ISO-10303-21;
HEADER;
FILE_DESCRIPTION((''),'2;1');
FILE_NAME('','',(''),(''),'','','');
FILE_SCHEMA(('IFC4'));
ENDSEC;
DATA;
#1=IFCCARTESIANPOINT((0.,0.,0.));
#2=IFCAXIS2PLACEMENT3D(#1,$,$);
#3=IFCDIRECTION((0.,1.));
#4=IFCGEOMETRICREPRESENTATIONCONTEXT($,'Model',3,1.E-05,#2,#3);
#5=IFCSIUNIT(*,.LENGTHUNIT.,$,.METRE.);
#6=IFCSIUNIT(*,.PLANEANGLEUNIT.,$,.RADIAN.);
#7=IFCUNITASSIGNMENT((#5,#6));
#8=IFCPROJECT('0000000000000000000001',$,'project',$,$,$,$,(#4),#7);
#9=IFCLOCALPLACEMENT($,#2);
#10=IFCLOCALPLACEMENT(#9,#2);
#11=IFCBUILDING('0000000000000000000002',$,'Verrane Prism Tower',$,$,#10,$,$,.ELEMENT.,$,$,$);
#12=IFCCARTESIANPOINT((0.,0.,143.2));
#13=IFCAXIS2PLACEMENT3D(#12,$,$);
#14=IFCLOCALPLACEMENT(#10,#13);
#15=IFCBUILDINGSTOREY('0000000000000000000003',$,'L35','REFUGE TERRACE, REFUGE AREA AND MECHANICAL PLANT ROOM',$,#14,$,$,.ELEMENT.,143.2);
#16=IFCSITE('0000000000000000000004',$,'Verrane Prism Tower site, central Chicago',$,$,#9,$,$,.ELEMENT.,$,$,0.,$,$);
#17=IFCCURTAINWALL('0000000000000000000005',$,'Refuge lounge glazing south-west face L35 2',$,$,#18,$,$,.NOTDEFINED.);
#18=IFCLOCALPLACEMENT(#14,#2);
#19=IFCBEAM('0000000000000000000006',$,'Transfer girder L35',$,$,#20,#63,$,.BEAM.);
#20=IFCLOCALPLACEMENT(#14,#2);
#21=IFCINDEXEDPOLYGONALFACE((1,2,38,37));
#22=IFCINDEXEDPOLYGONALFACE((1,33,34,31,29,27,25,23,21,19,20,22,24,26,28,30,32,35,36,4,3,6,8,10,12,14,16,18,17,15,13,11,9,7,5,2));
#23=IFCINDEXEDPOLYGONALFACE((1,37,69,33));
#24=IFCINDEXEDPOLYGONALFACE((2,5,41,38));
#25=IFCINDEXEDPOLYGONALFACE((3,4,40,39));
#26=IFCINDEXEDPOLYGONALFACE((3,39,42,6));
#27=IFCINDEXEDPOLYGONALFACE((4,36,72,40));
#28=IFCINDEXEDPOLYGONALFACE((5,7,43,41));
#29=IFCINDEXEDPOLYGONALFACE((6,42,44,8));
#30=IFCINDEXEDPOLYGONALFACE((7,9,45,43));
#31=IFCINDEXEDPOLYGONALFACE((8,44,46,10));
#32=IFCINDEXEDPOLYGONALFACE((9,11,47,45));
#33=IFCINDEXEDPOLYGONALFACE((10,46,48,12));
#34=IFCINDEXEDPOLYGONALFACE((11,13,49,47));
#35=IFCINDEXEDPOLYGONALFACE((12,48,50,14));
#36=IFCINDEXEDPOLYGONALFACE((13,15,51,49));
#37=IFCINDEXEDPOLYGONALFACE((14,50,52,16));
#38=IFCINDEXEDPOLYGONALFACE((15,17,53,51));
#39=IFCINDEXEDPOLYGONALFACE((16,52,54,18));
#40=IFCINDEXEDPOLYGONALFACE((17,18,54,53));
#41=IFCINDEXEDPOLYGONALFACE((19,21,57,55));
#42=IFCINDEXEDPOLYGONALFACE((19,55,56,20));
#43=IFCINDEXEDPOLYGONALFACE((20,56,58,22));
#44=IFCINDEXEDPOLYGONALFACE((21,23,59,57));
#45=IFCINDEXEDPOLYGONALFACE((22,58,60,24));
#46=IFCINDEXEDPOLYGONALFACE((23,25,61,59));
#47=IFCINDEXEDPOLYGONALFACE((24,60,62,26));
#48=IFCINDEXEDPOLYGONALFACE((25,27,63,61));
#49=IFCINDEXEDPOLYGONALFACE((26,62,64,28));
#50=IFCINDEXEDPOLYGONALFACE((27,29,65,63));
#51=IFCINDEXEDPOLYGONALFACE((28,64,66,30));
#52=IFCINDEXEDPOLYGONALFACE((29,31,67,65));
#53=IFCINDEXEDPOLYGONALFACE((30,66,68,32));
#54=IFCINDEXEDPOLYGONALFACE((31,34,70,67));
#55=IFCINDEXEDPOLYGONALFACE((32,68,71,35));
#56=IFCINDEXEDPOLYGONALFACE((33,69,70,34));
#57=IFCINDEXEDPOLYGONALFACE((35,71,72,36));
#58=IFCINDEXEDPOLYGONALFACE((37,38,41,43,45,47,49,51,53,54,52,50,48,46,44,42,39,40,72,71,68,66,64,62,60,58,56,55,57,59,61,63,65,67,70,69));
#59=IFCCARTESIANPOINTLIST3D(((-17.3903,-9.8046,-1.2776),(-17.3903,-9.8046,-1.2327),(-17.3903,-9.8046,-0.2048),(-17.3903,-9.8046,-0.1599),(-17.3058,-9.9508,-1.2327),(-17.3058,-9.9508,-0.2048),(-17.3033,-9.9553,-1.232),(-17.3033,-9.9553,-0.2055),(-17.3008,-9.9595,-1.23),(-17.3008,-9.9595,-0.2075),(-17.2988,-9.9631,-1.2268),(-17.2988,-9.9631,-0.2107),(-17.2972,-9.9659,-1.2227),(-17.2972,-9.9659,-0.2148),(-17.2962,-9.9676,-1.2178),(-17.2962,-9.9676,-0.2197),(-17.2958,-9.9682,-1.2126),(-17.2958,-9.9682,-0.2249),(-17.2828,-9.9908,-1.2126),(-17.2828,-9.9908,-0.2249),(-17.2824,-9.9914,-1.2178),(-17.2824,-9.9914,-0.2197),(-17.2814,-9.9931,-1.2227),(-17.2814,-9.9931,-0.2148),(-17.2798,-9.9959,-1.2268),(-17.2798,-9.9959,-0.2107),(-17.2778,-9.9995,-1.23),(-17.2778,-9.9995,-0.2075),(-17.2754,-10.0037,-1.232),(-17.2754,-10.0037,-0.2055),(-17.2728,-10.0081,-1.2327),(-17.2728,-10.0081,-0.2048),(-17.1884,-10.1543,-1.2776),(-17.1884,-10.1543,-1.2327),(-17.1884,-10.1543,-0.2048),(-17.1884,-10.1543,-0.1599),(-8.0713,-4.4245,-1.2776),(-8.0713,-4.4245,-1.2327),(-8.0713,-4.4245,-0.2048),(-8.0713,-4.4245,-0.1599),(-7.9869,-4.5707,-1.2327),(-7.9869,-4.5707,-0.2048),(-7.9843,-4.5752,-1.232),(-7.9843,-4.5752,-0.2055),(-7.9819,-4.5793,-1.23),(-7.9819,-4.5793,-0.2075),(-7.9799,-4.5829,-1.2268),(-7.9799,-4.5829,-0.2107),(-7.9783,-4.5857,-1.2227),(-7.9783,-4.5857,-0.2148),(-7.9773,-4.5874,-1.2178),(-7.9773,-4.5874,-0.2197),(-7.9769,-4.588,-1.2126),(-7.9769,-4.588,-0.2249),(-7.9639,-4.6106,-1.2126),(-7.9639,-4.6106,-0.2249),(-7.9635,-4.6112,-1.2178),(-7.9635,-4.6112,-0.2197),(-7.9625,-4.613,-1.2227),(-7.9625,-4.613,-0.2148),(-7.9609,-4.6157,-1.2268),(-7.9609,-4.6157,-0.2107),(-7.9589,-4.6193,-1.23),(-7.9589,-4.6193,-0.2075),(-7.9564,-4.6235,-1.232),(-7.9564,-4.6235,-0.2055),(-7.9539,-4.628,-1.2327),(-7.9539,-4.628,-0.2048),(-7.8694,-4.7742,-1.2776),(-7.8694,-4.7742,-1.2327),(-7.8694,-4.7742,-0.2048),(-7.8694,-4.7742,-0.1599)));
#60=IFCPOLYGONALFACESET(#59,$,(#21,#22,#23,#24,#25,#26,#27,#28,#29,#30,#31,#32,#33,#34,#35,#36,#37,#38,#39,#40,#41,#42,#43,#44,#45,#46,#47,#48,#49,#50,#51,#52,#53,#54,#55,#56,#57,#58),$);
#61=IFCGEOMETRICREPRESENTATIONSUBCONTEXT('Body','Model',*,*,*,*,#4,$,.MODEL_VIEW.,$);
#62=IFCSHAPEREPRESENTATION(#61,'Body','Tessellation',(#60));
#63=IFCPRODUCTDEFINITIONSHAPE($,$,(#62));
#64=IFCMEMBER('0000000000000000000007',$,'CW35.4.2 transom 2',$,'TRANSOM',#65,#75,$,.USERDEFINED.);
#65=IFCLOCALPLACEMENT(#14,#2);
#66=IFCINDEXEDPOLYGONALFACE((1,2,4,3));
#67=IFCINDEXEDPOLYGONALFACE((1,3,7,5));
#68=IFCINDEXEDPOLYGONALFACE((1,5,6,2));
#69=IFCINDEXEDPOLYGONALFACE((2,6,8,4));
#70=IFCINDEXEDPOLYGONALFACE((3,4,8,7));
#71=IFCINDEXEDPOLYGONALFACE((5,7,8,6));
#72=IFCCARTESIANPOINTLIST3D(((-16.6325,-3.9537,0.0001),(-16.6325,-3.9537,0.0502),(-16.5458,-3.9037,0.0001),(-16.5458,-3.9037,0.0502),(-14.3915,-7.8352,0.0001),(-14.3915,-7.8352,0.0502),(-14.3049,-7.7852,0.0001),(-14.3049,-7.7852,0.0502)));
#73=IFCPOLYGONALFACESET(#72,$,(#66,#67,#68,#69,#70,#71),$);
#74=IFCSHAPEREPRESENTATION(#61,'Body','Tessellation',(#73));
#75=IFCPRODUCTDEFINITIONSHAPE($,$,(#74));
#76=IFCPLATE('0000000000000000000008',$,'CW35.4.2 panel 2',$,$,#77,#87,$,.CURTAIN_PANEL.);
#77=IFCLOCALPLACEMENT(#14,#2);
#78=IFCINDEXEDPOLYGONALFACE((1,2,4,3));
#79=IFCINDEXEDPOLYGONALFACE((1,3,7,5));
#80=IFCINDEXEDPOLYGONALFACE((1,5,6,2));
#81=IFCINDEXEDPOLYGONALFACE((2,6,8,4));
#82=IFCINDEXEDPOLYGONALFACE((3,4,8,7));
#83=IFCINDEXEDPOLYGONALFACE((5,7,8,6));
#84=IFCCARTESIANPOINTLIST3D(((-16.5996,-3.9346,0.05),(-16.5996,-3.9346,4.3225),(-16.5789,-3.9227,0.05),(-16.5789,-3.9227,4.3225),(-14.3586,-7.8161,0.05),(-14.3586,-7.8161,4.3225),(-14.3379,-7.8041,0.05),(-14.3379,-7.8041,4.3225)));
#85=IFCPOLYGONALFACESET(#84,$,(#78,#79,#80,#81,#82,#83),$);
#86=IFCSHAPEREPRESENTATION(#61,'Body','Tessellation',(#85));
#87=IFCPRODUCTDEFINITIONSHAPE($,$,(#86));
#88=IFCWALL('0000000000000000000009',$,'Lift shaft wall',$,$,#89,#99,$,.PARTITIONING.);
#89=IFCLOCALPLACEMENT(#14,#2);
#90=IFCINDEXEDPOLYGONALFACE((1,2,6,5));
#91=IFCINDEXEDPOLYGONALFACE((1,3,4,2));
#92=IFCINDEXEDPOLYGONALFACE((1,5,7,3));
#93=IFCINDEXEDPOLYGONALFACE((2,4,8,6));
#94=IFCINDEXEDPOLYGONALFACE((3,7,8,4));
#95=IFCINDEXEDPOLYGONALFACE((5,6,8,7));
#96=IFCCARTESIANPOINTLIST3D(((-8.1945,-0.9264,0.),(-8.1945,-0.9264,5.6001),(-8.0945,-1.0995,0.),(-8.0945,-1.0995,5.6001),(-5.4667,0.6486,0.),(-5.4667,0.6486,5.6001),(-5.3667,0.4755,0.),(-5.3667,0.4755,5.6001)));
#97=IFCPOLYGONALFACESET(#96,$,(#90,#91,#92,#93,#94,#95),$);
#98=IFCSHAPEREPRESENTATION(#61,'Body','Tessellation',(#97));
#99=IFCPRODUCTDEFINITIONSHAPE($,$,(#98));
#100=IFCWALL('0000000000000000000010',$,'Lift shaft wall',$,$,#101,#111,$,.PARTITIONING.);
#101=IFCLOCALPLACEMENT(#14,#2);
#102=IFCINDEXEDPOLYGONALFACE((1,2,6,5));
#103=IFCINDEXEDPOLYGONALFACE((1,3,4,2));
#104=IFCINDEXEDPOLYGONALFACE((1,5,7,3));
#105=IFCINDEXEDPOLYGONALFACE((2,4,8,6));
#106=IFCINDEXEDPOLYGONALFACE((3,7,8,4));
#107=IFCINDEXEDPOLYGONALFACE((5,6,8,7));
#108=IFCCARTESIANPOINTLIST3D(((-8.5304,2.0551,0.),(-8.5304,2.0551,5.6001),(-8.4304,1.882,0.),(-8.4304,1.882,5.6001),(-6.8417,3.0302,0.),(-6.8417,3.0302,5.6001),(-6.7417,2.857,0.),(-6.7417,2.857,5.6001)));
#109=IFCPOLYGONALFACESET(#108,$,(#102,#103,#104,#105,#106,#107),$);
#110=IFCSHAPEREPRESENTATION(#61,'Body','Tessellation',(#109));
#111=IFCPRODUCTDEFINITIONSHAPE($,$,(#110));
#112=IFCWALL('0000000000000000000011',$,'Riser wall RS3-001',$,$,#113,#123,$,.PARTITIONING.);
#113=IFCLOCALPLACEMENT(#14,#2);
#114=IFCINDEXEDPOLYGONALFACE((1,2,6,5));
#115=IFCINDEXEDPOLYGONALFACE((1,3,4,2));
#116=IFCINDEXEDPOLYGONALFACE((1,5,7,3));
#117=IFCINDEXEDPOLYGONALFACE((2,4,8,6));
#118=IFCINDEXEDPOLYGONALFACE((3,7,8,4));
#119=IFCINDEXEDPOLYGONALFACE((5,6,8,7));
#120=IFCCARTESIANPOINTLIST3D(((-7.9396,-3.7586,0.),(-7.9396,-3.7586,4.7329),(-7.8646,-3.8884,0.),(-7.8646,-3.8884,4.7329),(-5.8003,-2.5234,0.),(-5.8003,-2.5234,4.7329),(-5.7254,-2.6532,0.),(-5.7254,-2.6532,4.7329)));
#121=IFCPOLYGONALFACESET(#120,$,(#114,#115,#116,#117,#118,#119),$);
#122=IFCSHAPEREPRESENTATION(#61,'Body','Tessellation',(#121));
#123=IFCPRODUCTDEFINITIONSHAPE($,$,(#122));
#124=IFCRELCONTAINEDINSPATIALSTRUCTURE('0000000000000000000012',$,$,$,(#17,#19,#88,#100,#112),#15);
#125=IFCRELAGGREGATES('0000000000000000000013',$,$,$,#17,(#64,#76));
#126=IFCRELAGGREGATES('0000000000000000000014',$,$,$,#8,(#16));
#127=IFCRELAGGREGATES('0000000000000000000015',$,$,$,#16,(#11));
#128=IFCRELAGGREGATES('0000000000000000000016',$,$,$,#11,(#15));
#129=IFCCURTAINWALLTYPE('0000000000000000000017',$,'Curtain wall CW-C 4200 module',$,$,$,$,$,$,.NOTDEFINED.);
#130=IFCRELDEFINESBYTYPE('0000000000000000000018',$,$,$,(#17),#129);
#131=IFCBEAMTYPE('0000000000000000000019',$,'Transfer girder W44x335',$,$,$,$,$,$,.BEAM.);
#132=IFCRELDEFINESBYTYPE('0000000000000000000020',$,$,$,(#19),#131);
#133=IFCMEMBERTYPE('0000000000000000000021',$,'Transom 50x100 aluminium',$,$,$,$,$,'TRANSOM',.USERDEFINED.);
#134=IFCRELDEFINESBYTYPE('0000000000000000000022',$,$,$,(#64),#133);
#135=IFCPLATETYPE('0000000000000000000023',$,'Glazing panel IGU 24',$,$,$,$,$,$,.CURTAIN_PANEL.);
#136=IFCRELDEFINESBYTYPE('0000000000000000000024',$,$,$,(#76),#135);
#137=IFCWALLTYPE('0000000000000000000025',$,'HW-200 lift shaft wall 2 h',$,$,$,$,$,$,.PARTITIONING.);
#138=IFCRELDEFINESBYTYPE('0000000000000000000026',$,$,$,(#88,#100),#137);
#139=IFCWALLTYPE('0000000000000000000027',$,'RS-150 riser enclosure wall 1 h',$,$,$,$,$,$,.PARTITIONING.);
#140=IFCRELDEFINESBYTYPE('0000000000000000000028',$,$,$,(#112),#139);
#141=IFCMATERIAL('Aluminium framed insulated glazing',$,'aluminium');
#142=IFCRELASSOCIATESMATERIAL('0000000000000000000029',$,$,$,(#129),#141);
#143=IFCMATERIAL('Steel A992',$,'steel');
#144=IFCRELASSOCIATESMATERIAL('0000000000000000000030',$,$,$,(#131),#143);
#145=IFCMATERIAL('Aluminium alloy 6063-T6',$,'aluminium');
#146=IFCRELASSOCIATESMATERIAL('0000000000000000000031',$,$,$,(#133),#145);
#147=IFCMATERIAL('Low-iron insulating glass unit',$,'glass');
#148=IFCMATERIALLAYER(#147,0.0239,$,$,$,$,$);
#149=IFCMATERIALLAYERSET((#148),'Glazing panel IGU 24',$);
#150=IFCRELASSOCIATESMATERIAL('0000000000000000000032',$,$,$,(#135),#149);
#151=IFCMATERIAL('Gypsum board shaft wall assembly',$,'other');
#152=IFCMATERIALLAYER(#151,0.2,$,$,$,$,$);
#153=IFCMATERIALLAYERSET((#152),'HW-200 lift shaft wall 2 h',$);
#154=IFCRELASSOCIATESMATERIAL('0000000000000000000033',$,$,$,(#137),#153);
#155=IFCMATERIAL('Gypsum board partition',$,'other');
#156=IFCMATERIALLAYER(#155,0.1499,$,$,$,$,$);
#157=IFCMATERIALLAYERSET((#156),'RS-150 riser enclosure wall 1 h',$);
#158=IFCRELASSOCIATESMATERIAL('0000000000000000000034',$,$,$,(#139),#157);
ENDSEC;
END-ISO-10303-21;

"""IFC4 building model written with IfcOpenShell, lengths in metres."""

from ifc_helpers import new_model, si_unit, direction, frame, frame_2d, origin, origin_2d, place, context, subcontext, project, spatial, rectangle, i_section, extrude, material, layer, layer_set, material_profile, profile_set, type_object, element, aggregate, save


model = new_model("IFC4")

# Units and contexts
model_context = context("Model", 3, precision=1e-05, world=origin(), true_north=direction((0.0, 1.0)))
body_context = subcontext(model_context, "Body", "Model", "MODEL_VIEW")
ifc_project = project(units=[si_unit("LENGTHUNIT", "METRE"), si_unit("PLANEANGLEUNIT", "RADIAN")], contexts=[model_context])

# Site, building, storey
site_placement = place(None, origin())
site = spatial("IfcSite", under=ifc_project, at=site_placement, Name="Verrane Prism Tower site, central Chicago", CompositionType="ELEMENT", RefElevation=0.0)
building_placement = place(site_placement, origin())
building = spatial("IfcBuilding", under=site, at=building_placement, Name="Verrane Prism Tower", CompositionType="ELEMENT")
storey_placement = place(building_placement, frame((0.0, 0.0, 143.2)))
storey = spatial("IfcBuildingStorey", under=building, at=storey_placement, Name="L35", Description="REFUGE TERRACE, REFUGE AREA AND MECHANICAL PLANT ROOM", CompositionType="ELEMENT", Elevation=143.2)

# Curtain wall
ifc_material_1 = material(Name="Aluminium framed insulated glazing", Category="aluminium")
curtain_wall_type = type_object("IfcCurtainWallType", Name="Curtain wall CW-C 4200 module", PredefinedType="NOTDEFINED", material=ifc_material_1)
curtain_wall_placement = place(storey_placement, origin())
curtain_wall = element("IfcCurtainWall", 1, at=curtain_wall_placement, inside=storey, type_object=curtain_wall_type, Name="Refuge lounge glazing south-west face L35 2", PredefinedType="NOTDEFINED")

# Beam
ifc_material_2 = material(Name="Steel A992", Category="steel")
ifc_material_profile_1 = material_profile(ifc_material_2, i_section(OverallWidth=0.4038, OverallDepth=1.1177, WebThickness=0.0261, FlangeThickness=0.0449, FilletRadius=0.02, at=origin_2d()), Name="W44x335")
ifc_profile_set_1 = profile_set([ifc_material_profile_1], Name="Steel A992")
beam_type_1 = type_object("IfcBeamType", Name="Transfer girder W44x335", PredefinedType="BEAM", material=ifc_profile_set_1)
beam_1_placement = place(storey_placement, frame((-17.2893, -9.9795, -0.7188), z_axis=(0.86603, 0.499992, 0.0), x_axis=(-0.499992, 0.86603, 0.0)))
element("IfcBeam", 2, at=beam_1_placement, inside=storey, type_object=beam_type_1, Name="Transfer girder L35", PredefinedType="BEAM", context=body_context, shape_type="SweptSolid", body=[
    extrude(i_section(OverallWidth=0.4038, OverallDepth=1.1177, WebThickness=0.0261, FlangeThickness=0.0449, FilletRadius=0.02, at=origin_2d()), origin(), (0.0, 0.0, 1.0), 10.7605),
])

# Member
ifc_material_3 = material(Name="Aluminium alloy 6063-T6", Category="aluminium")
ifc_material_profile_2 = material_profile(ifc_material_3, rectangle(XDim=0.1001, YDim=0.05, at=origin_2d()), Name="Transom 50x100 aluminium")
ifc_profile_set_2 = profile_set([ifc_material_profile_2], Name="Aluminium alloy 6063-T6")
member_type_1 = type_object("IfcMemberType", Name="Transom 50x100 aluminium", ElementType="TRANSOM", PredefinedType="USERDEFINED", material=ifc_profile_set_2)
member_1_placement = place(storey_placement, frame((-16.5891, -3.9287, 0.0251), z_axis=(0.499988, -0.866032, 0.0), x_axis=(0.866032, 0.499988, 0.0)))
member_1 = element("IfcMember", 3, at=member_1_placement, type_object=member_type_1, Name="CW35.4.2 transom 2", ObjectType="TRANSOM", PredefinedType="USERDEFINED", context=body_context, shape_type="SweptSolid", body=[
    extrude(rectangle(XDim=0.1001, YDim=0.05, at=origin_2d()), origin(), (0.0, 0.0, 1.0), 4.4819),
])

# Plate
ifc_material_4 = material(Name="Low-iron insulating glass unit", Category="glass")
ifc_layer_1 = layer(ifc_material_4, 0.0239)
ifc_layer_set_1 = layer_set([ifc_layer_1], Name="Glazing panel IGU 24")
plate_type = type_object("IfcPlateType", Name="Glazing panel IGU 24", PredefinedType="CURTAIN_PANEL", material=ifc_layer_set_1)
plate_placement = place(storey_placement, frame((-15.4688, -5.8694, 0.05), z_axis=(0.0, 0.0, 1.0), x_axis=(0.500004, -0.866023, 0.0)))
plate = element("IfcPlate", 4, at=plate_placement, type_object=plate_type, Name="CW35.4.2 panel 2", PredefinedType="CURTAIN_PANEL", context=body_context, shape_type="SweptSolid", body=[
    extrude(rectangle(XDim=4.4819, YDim=0.0239, at=origin_2d()), origin(), (0.0, 0.0, 1.0), 4.2725),
])
aggregate(curtain_wall, [member_1, plate])

# Walls
ifc_material_5 = material(Name="Gypsum board shaft wall assembly", Category="other")
ifc_layer_2 = layer(ifc_material_5, 0.2)
ifc_layer_set_2 = layer_set([ifc_layer_2], Name="HW-200 lift shaft wall 2 h")
wall_type_1 = type_object("IfcWallType", Name="HW-200 lift shaft wall 2 h", PredefinedType="PARTITIONING", material=ifc_layer_set_2)
wall_1_placement = place(storey_placement, frame((-8.1445, -1.0129, 0.0), z_axis=(0.0, 0.0, 1.0), x_axis=(0.866016, 0.500015, 0.0)))
element("IfcWall", 5, at=wall_1_placement, inside=storey, type_object=wall_type_1, Name="Lift shaft wall", PredefinedType="PARTITIONING", context=body_context, shape_type="SweptSolid", body=[
    extrude(rectangle(XDim=3.1499, YDim=0.2, at=frame_2d((1.575, 0.0))), origin(), (0.0, 0.0, 1.0), 5.6001),
])
wall_2_placement = place(storey_placement, frame((-8.4805, 1.9685, 0.0), z_axis=(0.0, 0.0, 1.0), x_axis=(0.866, 0.500044, 0.0)))
element("IfcWall", 6, at=wall_2_placement, inside=storey, type_object=wall_type_1, Name="Lift shaft wall", PredefinedType="PARTITIONING", context=body_context, shape_type="SweptSolid", body=[
    extrude(rectangle(XDim=1.95, YDim=0.2, at=frame_2d((0.9751, 0.0))), origin(), (0.0, 0.0, 1.0), 5.6001),
])
ifc_material_6 = material(Name="Gypsum board partition", Category="other")
ifc_layer_3 = layer(ifc_material_6, 0.1499)
ifc_layer_set_3 = layer_set([ifc_layer_3], Name="RS-150 riser enclosure wall 1 h")
wall_type_2 = type_object("IfcWallType", Name="RS-150 riser enclosure wall 1 h", PredefinedType="PARTITIONING", material=ifc_layer_set_3)
wall_3_placement = place(storey_placement, frame((-7.9021, -3.8235, 0.0), z_axis=(0.0, 0.0, 1.0), x_axis=(0.866014, 0.500019, 0.0)))
element("IfcWall", 7, at=wall_3_placement, inside=storey, type_object=wall_type_2, Name="Riser wall RS3-001", PredefinedType="PARTITIONING", context=body_context, shape_type="SweptSolid", body=[
    extrude(rectangle(XDim=2.4702, YDim=0.1499, at=frame_2d((1.2351, 0.0))), origin(), (0.0, 0.0, 1.0), 4.7329),
])

save(model, "model.ifc")
